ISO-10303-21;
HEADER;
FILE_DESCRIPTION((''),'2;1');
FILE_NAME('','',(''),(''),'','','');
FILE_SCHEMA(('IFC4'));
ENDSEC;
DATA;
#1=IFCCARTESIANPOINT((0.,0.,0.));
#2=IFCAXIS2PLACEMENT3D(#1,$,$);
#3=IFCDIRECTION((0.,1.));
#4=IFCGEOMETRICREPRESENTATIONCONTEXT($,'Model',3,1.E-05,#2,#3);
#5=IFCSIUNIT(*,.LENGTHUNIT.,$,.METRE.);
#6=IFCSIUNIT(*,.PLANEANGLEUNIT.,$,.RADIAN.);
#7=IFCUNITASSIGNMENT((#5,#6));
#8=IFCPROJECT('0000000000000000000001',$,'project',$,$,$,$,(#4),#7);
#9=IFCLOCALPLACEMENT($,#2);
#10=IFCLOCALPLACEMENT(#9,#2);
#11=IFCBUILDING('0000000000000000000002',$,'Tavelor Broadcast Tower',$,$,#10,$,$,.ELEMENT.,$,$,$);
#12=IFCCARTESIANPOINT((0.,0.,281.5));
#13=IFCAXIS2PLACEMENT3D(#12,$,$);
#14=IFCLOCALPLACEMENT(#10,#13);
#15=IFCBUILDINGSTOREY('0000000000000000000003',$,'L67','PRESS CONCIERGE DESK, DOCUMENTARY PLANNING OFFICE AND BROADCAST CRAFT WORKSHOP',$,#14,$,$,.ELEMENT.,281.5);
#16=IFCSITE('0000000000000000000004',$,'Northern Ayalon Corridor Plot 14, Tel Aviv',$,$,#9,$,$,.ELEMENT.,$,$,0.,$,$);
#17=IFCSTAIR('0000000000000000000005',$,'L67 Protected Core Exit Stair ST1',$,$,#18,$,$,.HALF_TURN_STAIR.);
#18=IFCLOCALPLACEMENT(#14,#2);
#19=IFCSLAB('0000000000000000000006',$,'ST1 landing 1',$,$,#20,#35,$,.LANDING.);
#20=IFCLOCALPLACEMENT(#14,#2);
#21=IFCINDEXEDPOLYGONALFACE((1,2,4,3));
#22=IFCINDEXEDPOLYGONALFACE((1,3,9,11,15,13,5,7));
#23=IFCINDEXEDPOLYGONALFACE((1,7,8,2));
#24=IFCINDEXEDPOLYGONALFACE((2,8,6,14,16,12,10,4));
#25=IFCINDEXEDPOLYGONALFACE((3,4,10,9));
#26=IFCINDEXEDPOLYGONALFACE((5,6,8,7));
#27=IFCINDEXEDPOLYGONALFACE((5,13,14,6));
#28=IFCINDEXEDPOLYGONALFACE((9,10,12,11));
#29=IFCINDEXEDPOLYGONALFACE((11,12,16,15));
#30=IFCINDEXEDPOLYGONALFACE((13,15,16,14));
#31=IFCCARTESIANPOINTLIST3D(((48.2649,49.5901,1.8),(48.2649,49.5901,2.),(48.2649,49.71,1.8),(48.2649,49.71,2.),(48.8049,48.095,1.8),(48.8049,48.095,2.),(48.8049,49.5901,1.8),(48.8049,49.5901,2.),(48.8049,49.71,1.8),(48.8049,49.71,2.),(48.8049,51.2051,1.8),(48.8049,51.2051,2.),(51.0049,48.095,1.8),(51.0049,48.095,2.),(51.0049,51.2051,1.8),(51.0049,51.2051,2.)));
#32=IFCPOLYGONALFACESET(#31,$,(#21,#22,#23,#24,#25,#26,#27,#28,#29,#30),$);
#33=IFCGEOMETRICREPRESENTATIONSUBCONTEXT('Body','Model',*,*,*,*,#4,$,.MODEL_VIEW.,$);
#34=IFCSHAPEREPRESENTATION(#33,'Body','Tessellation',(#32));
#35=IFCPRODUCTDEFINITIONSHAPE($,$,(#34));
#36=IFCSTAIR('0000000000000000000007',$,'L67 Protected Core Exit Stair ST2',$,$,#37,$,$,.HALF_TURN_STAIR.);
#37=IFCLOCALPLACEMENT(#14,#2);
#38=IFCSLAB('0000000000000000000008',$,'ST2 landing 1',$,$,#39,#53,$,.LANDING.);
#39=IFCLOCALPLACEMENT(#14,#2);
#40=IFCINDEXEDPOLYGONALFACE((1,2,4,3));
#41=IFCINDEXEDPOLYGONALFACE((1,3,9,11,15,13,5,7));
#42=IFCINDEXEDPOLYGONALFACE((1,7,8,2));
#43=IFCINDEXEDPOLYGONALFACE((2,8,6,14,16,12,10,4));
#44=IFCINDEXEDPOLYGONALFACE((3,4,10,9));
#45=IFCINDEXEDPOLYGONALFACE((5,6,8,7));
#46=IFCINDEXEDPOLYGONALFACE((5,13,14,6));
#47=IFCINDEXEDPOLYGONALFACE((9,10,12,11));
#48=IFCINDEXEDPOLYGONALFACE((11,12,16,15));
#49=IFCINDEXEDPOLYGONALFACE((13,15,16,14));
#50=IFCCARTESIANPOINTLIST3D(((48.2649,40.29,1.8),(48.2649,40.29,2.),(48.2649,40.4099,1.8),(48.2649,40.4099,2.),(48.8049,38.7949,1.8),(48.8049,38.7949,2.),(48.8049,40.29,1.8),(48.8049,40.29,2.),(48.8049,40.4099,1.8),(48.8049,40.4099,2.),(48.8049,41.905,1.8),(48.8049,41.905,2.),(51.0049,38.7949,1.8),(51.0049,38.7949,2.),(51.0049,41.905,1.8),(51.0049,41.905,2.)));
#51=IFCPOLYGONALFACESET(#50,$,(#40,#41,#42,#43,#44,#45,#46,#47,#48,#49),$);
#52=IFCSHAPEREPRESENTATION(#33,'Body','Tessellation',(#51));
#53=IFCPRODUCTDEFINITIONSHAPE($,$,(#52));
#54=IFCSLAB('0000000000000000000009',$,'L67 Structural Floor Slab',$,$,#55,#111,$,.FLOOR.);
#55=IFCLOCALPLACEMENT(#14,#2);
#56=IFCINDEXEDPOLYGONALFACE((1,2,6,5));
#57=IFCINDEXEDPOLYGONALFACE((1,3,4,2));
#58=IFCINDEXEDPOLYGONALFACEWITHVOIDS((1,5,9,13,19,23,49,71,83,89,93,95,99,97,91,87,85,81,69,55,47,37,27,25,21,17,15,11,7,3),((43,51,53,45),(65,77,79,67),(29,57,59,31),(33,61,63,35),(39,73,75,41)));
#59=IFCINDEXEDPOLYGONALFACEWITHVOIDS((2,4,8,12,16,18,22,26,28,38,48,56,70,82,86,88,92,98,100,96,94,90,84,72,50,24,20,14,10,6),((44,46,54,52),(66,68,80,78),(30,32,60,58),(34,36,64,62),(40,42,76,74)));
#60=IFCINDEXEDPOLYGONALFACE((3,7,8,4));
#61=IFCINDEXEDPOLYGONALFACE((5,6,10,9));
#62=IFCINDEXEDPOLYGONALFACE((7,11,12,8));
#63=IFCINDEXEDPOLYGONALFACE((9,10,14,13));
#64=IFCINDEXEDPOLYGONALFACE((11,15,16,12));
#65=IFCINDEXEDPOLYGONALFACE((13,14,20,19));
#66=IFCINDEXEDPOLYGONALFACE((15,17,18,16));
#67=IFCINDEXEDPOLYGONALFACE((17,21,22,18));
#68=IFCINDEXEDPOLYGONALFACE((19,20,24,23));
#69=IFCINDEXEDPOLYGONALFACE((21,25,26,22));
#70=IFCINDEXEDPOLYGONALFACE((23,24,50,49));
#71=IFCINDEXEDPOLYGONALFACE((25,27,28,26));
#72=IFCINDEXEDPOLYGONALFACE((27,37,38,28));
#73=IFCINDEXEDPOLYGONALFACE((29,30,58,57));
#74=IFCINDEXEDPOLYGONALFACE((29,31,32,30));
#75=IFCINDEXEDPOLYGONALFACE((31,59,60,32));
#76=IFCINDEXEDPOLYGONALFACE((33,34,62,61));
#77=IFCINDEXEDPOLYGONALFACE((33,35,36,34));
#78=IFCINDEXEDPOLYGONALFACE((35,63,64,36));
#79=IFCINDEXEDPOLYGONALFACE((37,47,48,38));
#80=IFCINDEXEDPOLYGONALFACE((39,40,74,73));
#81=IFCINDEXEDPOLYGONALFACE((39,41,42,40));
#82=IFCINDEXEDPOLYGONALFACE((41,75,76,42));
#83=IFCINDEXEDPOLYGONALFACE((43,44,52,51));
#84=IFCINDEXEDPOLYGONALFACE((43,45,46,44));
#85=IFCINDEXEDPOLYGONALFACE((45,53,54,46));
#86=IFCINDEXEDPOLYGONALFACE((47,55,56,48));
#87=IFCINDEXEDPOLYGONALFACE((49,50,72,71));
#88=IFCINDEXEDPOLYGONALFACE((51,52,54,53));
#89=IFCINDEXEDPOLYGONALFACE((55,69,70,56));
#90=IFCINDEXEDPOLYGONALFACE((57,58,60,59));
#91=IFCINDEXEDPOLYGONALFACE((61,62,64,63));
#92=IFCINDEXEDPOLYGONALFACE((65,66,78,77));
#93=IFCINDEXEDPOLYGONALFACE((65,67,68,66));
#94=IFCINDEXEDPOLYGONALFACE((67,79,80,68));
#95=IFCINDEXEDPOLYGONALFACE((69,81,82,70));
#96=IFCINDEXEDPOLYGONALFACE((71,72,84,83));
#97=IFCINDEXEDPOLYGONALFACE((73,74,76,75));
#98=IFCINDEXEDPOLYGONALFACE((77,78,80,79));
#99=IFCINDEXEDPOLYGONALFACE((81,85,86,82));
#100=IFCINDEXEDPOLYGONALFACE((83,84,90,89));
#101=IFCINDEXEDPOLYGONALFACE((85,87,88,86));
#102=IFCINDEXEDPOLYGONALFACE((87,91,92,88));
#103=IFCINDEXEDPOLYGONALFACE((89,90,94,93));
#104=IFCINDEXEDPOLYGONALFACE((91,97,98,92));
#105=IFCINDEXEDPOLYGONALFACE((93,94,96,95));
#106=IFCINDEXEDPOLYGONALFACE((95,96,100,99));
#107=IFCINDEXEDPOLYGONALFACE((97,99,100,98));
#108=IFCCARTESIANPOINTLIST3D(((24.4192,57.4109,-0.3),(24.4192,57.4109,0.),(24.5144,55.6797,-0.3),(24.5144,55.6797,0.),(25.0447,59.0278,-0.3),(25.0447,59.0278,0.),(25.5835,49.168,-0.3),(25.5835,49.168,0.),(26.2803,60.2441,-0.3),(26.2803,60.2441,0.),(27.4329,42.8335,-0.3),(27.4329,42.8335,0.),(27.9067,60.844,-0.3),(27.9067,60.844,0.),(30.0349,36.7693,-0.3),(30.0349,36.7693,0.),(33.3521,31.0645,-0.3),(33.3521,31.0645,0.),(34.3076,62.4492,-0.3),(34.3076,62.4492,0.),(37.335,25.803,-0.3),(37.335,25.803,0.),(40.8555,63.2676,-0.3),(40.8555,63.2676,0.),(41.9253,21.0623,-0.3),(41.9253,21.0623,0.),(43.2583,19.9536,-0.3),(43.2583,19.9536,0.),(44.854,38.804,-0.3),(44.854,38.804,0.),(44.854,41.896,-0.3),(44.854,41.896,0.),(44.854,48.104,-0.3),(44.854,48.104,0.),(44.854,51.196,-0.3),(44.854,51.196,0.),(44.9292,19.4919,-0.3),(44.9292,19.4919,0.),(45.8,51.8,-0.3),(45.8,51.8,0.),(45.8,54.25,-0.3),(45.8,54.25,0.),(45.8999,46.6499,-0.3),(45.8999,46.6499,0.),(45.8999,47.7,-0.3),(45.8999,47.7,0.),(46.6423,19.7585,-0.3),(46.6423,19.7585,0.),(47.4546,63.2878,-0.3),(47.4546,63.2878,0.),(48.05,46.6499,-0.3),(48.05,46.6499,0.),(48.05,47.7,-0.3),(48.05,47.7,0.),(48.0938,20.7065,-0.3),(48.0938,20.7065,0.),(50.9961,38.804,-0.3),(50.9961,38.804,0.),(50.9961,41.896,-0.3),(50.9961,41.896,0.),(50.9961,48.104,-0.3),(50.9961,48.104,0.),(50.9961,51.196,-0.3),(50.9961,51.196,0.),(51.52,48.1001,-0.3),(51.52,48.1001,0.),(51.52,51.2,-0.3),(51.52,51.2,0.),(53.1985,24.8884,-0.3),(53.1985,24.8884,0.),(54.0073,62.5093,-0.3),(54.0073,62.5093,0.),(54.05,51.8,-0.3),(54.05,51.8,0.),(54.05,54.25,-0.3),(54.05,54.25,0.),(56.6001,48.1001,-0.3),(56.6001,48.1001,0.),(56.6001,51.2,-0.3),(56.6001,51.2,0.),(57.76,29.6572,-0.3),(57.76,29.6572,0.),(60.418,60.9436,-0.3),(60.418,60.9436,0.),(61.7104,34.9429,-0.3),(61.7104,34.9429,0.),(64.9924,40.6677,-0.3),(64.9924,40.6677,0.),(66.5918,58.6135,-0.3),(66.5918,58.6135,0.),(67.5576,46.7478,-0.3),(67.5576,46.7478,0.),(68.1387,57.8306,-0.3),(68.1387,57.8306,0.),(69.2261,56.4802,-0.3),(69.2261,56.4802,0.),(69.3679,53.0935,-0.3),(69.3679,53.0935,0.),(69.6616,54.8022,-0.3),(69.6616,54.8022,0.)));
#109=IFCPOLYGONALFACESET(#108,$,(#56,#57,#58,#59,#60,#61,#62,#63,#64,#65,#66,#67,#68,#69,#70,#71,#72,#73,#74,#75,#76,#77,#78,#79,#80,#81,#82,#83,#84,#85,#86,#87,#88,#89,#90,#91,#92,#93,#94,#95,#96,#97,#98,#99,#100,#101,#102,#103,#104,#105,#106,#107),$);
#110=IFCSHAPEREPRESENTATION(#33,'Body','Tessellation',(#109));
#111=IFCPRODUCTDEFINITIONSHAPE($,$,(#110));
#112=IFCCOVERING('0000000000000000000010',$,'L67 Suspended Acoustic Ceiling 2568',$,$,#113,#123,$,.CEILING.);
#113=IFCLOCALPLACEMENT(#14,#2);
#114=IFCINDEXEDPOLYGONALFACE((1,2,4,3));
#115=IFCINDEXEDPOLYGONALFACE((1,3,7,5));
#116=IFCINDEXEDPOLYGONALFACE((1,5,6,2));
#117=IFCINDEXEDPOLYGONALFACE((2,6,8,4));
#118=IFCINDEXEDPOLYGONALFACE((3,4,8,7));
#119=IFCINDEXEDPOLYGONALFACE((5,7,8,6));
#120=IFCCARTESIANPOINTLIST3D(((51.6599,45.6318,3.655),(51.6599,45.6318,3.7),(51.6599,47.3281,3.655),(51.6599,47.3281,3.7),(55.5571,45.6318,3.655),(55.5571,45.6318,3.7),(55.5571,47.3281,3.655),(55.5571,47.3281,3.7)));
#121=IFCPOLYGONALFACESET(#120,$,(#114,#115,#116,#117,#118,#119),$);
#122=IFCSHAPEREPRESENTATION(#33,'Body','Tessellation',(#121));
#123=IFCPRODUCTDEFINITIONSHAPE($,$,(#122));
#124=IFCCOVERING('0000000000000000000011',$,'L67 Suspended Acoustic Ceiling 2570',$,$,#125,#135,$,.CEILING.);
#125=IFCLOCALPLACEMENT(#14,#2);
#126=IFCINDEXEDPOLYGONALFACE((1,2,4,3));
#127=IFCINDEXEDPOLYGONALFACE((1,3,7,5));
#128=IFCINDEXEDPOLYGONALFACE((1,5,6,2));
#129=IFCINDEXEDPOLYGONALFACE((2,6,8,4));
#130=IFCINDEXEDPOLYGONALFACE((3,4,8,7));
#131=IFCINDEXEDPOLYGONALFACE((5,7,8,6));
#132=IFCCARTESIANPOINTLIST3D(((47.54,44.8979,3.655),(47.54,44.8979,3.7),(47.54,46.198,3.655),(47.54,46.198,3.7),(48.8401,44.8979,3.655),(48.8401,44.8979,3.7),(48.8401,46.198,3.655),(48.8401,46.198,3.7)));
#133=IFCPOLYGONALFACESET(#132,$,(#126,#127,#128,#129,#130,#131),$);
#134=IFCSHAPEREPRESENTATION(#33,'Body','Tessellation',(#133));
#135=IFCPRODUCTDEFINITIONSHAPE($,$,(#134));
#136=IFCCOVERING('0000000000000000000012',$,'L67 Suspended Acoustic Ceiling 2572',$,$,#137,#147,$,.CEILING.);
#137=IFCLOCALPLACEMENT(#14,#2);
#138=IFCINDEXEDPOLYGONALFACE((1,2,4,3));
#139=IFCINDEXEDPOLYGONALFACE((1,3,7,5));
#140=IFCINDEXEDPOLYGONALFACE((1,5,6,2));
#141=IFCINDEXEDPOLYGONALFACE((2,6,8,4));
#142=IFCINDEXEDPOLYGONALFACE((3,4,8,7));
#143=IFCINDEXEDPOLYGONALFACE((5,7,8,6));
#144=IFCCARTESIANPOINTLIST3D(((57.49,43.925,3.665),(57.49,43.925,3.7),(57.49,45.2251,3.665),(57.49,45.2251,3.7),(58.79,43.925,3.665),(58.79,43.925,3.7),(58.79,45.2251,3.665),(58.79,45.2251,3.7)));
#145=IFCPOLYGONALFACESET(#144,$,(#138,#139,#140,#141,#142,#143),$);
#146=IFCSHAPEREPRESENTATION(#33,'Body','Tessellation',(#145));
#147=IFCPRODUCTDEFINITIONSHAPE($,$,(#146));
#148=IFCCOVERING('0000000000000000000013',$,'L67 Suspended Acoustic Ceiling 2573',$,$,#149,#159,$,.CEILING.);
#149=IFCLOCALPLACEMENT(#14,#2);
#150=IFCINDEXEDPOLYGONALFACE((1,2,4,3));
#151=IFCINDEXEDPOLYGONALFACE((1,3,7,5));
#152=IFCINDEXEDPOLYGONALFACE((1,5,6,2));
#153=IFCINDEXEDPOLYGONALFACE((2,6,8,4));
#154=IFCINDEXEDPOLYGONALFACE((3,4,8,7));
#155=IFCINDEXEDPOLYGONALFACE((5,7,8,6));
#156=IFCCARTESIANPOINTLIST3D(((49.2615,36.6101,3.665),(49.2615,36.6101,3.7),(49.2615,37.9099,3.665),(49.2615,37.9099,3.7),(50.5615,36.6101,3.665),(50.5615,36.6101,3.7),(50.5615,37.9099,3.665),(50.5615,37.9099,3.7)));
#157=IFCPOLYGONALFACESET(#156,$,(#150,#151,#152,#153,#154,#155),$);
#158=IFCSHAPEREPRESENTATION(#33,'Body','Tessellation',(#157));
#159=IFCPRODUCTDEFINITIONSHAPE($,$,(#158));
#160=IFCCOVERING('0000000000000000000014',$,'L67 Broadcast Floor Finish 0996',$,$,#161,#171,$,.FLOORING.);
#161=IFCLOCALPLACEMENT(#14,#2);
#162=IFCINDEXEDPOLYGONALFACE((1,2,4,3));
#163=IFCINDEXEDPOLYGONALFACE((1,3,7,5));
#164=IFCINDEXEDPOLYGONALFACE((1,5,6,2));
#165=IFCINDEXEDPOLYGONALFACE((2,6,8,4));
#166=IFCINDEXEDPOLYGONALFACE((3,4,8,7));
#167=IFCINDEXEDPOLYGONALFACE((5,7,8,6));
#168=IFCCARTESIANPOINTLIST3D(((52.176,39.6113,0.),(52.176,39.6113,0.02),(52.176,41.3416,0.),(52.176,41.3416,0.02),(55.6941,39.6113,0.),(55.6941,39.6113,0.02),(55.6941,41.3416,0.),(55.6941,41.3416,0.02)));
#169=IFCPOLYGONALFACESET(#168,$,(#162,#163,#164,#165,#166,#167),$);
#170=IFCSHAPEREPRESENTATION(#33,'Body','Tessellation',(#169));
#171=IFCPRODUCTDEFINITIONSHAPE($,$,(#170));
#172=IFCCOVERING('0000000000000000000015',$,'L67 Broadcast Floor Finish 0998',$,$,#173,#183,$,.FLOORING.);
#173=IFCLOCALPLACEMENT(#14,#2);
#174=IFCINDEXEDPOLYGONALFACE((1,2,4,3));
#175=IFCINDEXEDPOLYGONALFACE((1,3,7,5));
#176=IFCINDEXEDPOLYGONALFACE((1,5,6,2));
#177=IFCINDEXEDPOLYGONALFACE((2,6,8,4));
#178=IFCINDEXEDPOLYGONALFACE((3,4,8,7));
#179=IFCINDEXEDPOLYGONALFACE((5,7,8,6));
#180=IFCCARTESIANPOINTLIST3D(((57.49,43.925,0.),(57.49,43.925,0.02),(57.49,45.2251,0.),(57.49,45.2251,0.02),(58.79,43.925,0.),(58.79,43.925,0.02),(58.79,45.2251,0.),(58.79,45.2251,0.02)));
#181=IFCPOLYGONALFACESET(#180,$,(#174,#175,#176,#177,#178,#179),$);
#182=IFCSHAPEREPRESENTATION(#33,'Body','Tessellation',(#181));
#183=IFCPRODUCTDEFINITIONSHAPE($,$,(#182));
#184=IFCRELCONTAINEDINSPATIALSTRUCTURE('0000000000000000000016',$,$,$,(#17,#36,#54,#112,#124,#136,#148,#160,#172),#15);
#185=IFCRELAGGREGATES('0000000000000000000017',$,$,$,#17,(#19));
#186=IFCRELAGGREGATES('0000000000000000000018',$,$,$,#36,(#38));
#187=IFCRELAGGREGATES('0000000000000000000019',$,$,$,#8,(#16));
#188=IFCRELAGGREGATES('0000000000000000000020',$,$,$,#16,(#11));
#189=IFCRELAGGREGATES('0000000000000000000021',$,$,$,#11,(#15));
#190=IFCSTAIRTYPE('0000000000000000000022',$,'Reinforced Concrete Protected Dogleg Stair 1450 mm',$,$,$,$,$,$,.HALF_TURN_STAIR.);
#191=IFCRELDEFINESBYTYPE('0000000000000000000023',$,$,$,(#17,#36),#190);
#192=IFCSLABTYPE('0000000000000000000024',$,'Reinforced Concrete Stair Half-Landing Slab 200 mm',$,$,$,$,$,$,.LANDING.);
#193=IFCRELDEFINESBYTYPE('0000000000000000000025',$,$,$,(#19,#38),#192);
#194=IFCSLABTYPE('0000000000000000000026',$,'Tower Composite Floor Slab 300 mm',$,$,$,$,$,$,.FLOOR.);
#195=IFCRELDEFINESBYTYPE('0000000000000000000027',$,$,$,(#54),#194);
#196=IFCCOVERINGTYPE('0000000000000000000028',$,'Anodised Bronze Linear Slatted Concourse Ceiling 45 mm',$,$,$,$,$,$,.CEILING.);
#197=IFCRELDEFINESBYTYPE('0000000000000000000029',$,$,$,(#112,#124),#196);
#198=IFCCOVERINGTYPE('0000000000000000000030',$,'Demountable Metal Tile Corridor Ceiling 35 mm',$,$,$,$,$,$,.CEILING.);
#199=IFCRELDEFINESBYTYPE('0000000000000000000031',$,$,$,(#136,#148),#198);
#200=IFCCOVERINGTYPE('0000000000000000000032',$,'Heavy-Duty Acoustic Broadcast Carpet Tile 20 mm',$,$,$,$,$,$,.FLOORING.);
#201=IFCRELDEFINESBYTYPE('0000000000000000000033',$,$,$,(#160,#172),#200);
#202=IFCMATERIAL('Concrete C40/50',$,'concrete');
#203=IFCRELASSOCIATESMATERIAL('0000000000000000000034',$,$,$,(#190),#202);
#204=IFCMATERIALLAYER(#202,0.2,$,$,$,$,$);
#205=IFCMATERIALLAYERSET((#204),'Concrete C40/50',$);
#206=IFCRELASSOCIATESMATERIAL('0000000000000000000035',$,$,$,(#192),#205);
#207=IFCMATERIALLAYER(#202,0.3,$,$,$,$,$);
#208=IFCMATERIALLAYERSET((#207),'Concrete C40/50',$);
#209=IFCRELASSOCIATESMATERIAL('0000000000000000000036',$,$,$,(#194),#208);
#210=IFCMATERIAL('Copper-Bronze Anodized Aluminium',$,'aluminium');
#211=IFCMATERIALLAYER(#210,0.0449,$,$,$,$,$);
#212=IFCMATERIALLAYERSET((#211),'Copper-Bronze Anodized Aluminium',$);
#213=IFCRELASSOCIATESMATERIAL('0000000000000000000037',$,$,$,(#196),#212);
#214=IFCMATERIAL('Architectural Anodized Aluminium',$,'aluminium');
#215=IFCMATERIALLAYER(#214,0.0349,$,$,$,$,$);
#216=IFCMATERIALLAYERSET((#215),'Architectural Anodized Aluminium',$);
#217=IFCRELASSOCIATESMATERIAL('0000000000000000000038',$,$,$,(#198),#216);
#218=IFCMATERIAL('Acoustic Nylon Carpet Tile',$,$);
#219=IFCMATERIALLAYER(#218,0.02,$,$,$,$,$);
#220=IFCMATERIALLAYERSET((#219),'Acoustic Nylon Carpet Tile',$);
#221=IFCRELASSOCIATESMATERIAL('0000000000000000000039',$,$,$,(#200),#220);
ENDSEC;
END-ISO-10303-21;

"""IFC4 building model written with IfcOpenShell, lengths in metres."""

from ifc_helpers import new_model, si_unit, direction, frame, origin, place, context, subcontext, project, spatial, polyline, outline, extrude, material, layer, layer_set, type_object, element, aggregate, save


model = new_model("IFC4")

# Units and contexts
model_context = context("Model", 3, precision=1e-05, world=origin(), true_north=direction((0.0, 1.0)))
body_context = subcontext(model_context, "Body", "Model", "MODEL_VIEW")
ifc_project = project(units=[si_unit("LENGTHUNIT", "METRE"), si_unit("PLANEANGLEUNIT", "RADIAN")], contexts=[model_context])

# Site, building, storey
site_placement = place(None, origin())
site = spatial("IfcSite", under=ifc_project, at=site_placement, Name="Northern Ayalon Corridor Plot 14, Tel Aviv", CompositionType="ELEMENT", RefElevation=0.0)
building_placement = place(site_placement, origin())
building = spatial("IfcBuilding", under=site, at=building_placement, Name="Tavelor Broadcast Tower", CompositionType="ELEMENT")
storey_placement = place(building_placement, frame((0.0, 0.0, 281.5)))
storey = spatial("IfcBuildingStorey", under=building, at=storey_placement, Name="L67", Description="PRESS CONCIERGE DESK, DOCUMENTARY PLANNING OFFICE AND BROADCAST CRAFT WORKSHOP", CompositionType="ELEMENT", Elevation=281.5)

# Stairs, slabs
ifc_material_1 = material(Name="Concrete C40/50", Category="concrete")
stair_type = type_object("IfcStairType", Name="Reinforced Concrete Protected Dogleg Stair 1450 mm", PredefinedType="HALF_TURN_STAIR", material=ifc_material_1)
stair_1_placement = place(storey_placement, origin())
stair_1 = element("IfcStair", 1, at=stair_1_placement, inside=storey, type_object=stair_type, Name="L67 Protected Core Exit Stair ST1", PredefinedType="HALF_TURN_STAIR")
ifc_layer_1 = layer(ifc_material_1, 0.2)
ifc_layer_set_1 = layer_set([ifc_layer_1], Name="Concrete C40/50")
slab_type_1 = type_object("IfcSlabType", Name="Reinforced Concrete Stair Half-Landing Slab 200 mm", PredefinedType="LANDING", material=ifc_layer_set_1)
slab_1_placement = place(storey_placement, frame((0.0, 0.0, 1.8)))
slab_1 = element("IfcSlab", 2, at=slab_1_placement, type_object=slab_type_1, Name="ST1 landing 1", PredefinedType="LANDING", context=body_context, shape_type="SweptSolid", body=[
    extrude(outline(polyline([(48.8049, 49.5901), (48.8049, 48.095), (51.0049, 48.095), (51.0049, 51.2051), (48.8049, 51.2051), (48.8049, 49.71), (48.2649, 49.71), (48.2649, 49.5901), (48.8049, 49.5901)])), origin(), (0.0, 0.0, 1.0), 0.2),
])
aggregate(stair_1, [slab_1])
stair_2_placement = place(storey_placement, origin())
stair_2 = element("IfcStair", 3, at=stair_2_placement, inside=storey, type_object=stair_type, Name="L67 Protected Core Exit Stair ST2", PredefinedType="HALF_TURN_STAIR")
slab_2_placement = place(storey_placement, frame((0.0, 0.0, 1.8)))
slab_2 = element("IfcSlab", 4, at=slab_2_placement, type_object=slab_type_1, Name="ST2 landing 1", PredefinedType="LANDING", context=body_context, shape_type="SweptSolid", body=[
    extrude(outline(polyline([(48.8049, 40.29), (48.8049, 38.7949), (51.0049, 38.7949), (51.0049, 41.905), (48.8049, 41.905), (48.8049, 40.4099), (48.2649, 40.4099), (48.2649, 40.29), (48.8049, 40.29)])), origin(), (0.0, 0.0, 1.0), 0.2),
])
aggregate(stair_2, [slab_2])

# Slab
ifc_layer_2 = layer(ifc_material_1, 0.3)
ifc_layer_set_2 = layer_set([ifc_layer_2], Name="Concrete C40/50")
slab_type_2 = type_object("IfcSlabType", Name="Tower Composite Floor Slab 300 mm", PredefinedType="FLOOR", material=ifc_layer_set_2)
slab_3_placement = place(storey_placement, frame((0.0, 0.0, -0.3)))
element("IfcSlab", 5, at=slab_3_placement, inside=storey, type_object=slab_type_2, Name="L67 Structural Floor Slab", PredefinedType="FLOOR", context=body_context, shape_type="SweptSolid", body=[
    extrude(outline(polyline([(27.9067, 60.844), (26.2803, 60.2441), (25.0447, 59.0278), (24.4192, 57.4109), (24.5144, 55.6797), (25.5835, 49.168), (27.4329, 42.8335), (30.0349, 36.7693), (33.3521, 31.0645), (37.335, 25.803), (41.9253, 21.0623), (43.2583, 19.9536), (44.9292, 19.4919), (46.6423, 19.7585), (48.0938, 20.7065), (53.1985, 24.8884), (57.76, 29.6572), (61.7104, 34.9429), (64.9924, 40.6677), (67.5576, 46.7478), (69.3679, 53.0935), (69.6616, 54.8022), (69.2261, 56.4802), (68.1387, 57.8306), (66.5918, 58.6135), (60.418, 60.9436), (54.0073, 62.5093), (47.4546, 63.2878), (40.8555, 63.2676), (34.3076, 62.4492), (27.9067, 60.844)]), holes=[polyline([(50.9961, 41.896), (50.9961, 38.804), (44.854, 38.804), (44.854, 41.896), (50.9961, 41.896)]), polyline([(48.05, 47.7), (48.05, 46.6499), (45.8999, 46.6499), (45.8999, 47.7), (48.05, 47.7)]), polyline([(50.9961, 51.196), (50.9961, 48.104), (44.854, 48.104), (44.854, 51.196), (50.9961, 51.196)]), polyline([(56.6001, 48.1001), (51.52, 48.1001), (51.52, 51.2), (56.6001, 51.2), (56.6001, 48.1001)]), polyline([(54.05, 51.8), (45.8, 51.8), (45.8, 54.25), (54.05, 54.25), (54.05, 51.8)])]), origin(), (0.0, 0.0, 1.0), 0.3),
])

# Coverings
ifc_material_2 = material(Name="Copper-Bronze Anodized Aluminium", Category="aluminium")
ifc_layer_3 = layer(ifc_material_2, 0.0449)
ifc_layer_set_3 = layer_set([ifc_layer_3], Name="Copper-Bronze Anodized Aluminium")
covering_type_1 = type_object("IfcCoveringType", Name="Anodised Bronze Linear Slatted Concourse Ceiling 45 mm", PredefinedType="CEILING", material=ifc_layer_set_3)
covering_1_placement = place(storey_placement, frame((0.0, 0.0, 3.655)))
element("IfcCovering", 6, at=covering_1_placement, inside=storey, type_object=covering_type_1, Name="L67 Suspended Acoustic Ceiling 2568", PredefinedType="CEILING", context=body_context, shape_type="SweptSolid", body=[
    extrude(outline(polyline([(51.6599, 45.6318), (55.5571, 45.6318), (55.5571, 47.3281), (51.6599, 47.3281), (51.6599, 45.6318)])), origin(), (0.0, 0.0, 1.0), 0.0449),
])
covering_2_placement = place(storey_placement, frame((0.0, 0.0, 3.655)))
element("IfcCovering", 7, at=covering_2_placement, inside=storey, type_object=covering_type_1, Name="L67 Suspended Acoustic Ceiling 2570", PredefinedType="CEILING", context=body_context, shape_type="SweptSolid", body=[
    extrude(outline(polyline([(47.54, 44.8979), (48.8401, 44.8979), (48.8401, 46.198), (47.54, 46.198), (47.54, 44.8979)])), origin(), (0.0, 0.0, 1.0), 0.0449),
])
ifc_material_3 = material(Name="Architectural Anodized Aluminium", Category="aluminium")
ifc_layer_4 = layer(ifc_material_3, 0.0349)
ifc_layer_set_4 = layer_set([ifc_layer_4], Name="Architectural Anodized Aluminium")
covering_type_2 = type_object("IfcCoveringType", Name="Demountable Metal Tile Corridor Ceiling 35 mm", PredefinedType="CEILING", material=ifc_layer_set_4)
covering_3_placement = place(storey_placement, frame((0.0, 0.0, 3.665)))
element("IfcCovering", 8, at=covering_3_placement, inside=storey, type_object=covering_type_2, Name="L67 Suspended Acoustic Ceiling 2572", PredefinedType="CEILING", context=body_context, shape_type="SweptSolid", body=[
    extrude(outline(polyline([(57.49, 43.925), (58.79, 43.925), (58.79, 45.2251), (57.49, 45.2251), (57.49, 43.925)])), origin(), (0.0, 0.0, 1.0), 0.0349),
])
covering_4_placement = place(storey_placement, frame((0.0, 0.0, 3.665)))
element("IfcCovering", 9, at=covering_4_placement, inside=storey, type_object=covering_type_2, Name="L67 Suspended Acoustic Ceiling 2573", PredefinedType="CEILING", context=body_context, shape_type="SweptSolid", body=[
    extrude(outline(polyline([(49.2615, 36.6101), (50.5615, 36.6101), (50.5615, 37.9099), (49.2615, 37.9099), (49.2615, 36.6101)])), origin(), (0.0, 0.0, 1.0), 0.0349),
])
ifc_material_4 = material(Name="Acoustic Nylon Carpet Tile")
ifc_layer_5 = layer(ifc_material_4, 0.02)
ifc_layer_set_5 = layer_set([ifc_layer_5], Name="Acoustic Nylon Carpet Tile")
covering_type_3 = type_object("IfcCoveringType", Name="Heavy-Duty Acoustic Broadcast Carpet Tile 20 mm", PredefinedType="FLOORING", material=ifc_layer_set_5)
covering_5_placement = place(storey_placement, origin())
element("IfcCovering", 10, at=covering_5_placement, inside=storey, type_object=covering_type_3, Name="L67 Broadcast Floor Finish 0996", PredefinedType="FLOORING", context=body_context, shape_type="SweptSolid", body=[
    extrude(outline(polyline([(52.176, 39.6113), (55.6941, 39.6113), (55.6941, 41.3416), (52.176, 41.3416), (52.176, 39.6113)])), origin(), (0.0, 0.0, 1.0), 0.02),
])
covering_6_placement = place(storey_placement, origin())
element("IfcCovering", 11, at=covering_6_placement, inside=storey, type_object=covering_type_3, Name="L67 Broadcast Floor Finish 0998", PredefinedType="FLOORING", context=body_context, shape_type="SweptSolid", body=[
    extrude(outline(polyline([(57.49, 43.925), (58.79, 43.925), (58.79, 45.2251), (57.49, 45.2251), (57.49, 43.925)])), origin(), (0.0, 0.0, 1.0), 0.02),
])

save(model, "model.ifc")
